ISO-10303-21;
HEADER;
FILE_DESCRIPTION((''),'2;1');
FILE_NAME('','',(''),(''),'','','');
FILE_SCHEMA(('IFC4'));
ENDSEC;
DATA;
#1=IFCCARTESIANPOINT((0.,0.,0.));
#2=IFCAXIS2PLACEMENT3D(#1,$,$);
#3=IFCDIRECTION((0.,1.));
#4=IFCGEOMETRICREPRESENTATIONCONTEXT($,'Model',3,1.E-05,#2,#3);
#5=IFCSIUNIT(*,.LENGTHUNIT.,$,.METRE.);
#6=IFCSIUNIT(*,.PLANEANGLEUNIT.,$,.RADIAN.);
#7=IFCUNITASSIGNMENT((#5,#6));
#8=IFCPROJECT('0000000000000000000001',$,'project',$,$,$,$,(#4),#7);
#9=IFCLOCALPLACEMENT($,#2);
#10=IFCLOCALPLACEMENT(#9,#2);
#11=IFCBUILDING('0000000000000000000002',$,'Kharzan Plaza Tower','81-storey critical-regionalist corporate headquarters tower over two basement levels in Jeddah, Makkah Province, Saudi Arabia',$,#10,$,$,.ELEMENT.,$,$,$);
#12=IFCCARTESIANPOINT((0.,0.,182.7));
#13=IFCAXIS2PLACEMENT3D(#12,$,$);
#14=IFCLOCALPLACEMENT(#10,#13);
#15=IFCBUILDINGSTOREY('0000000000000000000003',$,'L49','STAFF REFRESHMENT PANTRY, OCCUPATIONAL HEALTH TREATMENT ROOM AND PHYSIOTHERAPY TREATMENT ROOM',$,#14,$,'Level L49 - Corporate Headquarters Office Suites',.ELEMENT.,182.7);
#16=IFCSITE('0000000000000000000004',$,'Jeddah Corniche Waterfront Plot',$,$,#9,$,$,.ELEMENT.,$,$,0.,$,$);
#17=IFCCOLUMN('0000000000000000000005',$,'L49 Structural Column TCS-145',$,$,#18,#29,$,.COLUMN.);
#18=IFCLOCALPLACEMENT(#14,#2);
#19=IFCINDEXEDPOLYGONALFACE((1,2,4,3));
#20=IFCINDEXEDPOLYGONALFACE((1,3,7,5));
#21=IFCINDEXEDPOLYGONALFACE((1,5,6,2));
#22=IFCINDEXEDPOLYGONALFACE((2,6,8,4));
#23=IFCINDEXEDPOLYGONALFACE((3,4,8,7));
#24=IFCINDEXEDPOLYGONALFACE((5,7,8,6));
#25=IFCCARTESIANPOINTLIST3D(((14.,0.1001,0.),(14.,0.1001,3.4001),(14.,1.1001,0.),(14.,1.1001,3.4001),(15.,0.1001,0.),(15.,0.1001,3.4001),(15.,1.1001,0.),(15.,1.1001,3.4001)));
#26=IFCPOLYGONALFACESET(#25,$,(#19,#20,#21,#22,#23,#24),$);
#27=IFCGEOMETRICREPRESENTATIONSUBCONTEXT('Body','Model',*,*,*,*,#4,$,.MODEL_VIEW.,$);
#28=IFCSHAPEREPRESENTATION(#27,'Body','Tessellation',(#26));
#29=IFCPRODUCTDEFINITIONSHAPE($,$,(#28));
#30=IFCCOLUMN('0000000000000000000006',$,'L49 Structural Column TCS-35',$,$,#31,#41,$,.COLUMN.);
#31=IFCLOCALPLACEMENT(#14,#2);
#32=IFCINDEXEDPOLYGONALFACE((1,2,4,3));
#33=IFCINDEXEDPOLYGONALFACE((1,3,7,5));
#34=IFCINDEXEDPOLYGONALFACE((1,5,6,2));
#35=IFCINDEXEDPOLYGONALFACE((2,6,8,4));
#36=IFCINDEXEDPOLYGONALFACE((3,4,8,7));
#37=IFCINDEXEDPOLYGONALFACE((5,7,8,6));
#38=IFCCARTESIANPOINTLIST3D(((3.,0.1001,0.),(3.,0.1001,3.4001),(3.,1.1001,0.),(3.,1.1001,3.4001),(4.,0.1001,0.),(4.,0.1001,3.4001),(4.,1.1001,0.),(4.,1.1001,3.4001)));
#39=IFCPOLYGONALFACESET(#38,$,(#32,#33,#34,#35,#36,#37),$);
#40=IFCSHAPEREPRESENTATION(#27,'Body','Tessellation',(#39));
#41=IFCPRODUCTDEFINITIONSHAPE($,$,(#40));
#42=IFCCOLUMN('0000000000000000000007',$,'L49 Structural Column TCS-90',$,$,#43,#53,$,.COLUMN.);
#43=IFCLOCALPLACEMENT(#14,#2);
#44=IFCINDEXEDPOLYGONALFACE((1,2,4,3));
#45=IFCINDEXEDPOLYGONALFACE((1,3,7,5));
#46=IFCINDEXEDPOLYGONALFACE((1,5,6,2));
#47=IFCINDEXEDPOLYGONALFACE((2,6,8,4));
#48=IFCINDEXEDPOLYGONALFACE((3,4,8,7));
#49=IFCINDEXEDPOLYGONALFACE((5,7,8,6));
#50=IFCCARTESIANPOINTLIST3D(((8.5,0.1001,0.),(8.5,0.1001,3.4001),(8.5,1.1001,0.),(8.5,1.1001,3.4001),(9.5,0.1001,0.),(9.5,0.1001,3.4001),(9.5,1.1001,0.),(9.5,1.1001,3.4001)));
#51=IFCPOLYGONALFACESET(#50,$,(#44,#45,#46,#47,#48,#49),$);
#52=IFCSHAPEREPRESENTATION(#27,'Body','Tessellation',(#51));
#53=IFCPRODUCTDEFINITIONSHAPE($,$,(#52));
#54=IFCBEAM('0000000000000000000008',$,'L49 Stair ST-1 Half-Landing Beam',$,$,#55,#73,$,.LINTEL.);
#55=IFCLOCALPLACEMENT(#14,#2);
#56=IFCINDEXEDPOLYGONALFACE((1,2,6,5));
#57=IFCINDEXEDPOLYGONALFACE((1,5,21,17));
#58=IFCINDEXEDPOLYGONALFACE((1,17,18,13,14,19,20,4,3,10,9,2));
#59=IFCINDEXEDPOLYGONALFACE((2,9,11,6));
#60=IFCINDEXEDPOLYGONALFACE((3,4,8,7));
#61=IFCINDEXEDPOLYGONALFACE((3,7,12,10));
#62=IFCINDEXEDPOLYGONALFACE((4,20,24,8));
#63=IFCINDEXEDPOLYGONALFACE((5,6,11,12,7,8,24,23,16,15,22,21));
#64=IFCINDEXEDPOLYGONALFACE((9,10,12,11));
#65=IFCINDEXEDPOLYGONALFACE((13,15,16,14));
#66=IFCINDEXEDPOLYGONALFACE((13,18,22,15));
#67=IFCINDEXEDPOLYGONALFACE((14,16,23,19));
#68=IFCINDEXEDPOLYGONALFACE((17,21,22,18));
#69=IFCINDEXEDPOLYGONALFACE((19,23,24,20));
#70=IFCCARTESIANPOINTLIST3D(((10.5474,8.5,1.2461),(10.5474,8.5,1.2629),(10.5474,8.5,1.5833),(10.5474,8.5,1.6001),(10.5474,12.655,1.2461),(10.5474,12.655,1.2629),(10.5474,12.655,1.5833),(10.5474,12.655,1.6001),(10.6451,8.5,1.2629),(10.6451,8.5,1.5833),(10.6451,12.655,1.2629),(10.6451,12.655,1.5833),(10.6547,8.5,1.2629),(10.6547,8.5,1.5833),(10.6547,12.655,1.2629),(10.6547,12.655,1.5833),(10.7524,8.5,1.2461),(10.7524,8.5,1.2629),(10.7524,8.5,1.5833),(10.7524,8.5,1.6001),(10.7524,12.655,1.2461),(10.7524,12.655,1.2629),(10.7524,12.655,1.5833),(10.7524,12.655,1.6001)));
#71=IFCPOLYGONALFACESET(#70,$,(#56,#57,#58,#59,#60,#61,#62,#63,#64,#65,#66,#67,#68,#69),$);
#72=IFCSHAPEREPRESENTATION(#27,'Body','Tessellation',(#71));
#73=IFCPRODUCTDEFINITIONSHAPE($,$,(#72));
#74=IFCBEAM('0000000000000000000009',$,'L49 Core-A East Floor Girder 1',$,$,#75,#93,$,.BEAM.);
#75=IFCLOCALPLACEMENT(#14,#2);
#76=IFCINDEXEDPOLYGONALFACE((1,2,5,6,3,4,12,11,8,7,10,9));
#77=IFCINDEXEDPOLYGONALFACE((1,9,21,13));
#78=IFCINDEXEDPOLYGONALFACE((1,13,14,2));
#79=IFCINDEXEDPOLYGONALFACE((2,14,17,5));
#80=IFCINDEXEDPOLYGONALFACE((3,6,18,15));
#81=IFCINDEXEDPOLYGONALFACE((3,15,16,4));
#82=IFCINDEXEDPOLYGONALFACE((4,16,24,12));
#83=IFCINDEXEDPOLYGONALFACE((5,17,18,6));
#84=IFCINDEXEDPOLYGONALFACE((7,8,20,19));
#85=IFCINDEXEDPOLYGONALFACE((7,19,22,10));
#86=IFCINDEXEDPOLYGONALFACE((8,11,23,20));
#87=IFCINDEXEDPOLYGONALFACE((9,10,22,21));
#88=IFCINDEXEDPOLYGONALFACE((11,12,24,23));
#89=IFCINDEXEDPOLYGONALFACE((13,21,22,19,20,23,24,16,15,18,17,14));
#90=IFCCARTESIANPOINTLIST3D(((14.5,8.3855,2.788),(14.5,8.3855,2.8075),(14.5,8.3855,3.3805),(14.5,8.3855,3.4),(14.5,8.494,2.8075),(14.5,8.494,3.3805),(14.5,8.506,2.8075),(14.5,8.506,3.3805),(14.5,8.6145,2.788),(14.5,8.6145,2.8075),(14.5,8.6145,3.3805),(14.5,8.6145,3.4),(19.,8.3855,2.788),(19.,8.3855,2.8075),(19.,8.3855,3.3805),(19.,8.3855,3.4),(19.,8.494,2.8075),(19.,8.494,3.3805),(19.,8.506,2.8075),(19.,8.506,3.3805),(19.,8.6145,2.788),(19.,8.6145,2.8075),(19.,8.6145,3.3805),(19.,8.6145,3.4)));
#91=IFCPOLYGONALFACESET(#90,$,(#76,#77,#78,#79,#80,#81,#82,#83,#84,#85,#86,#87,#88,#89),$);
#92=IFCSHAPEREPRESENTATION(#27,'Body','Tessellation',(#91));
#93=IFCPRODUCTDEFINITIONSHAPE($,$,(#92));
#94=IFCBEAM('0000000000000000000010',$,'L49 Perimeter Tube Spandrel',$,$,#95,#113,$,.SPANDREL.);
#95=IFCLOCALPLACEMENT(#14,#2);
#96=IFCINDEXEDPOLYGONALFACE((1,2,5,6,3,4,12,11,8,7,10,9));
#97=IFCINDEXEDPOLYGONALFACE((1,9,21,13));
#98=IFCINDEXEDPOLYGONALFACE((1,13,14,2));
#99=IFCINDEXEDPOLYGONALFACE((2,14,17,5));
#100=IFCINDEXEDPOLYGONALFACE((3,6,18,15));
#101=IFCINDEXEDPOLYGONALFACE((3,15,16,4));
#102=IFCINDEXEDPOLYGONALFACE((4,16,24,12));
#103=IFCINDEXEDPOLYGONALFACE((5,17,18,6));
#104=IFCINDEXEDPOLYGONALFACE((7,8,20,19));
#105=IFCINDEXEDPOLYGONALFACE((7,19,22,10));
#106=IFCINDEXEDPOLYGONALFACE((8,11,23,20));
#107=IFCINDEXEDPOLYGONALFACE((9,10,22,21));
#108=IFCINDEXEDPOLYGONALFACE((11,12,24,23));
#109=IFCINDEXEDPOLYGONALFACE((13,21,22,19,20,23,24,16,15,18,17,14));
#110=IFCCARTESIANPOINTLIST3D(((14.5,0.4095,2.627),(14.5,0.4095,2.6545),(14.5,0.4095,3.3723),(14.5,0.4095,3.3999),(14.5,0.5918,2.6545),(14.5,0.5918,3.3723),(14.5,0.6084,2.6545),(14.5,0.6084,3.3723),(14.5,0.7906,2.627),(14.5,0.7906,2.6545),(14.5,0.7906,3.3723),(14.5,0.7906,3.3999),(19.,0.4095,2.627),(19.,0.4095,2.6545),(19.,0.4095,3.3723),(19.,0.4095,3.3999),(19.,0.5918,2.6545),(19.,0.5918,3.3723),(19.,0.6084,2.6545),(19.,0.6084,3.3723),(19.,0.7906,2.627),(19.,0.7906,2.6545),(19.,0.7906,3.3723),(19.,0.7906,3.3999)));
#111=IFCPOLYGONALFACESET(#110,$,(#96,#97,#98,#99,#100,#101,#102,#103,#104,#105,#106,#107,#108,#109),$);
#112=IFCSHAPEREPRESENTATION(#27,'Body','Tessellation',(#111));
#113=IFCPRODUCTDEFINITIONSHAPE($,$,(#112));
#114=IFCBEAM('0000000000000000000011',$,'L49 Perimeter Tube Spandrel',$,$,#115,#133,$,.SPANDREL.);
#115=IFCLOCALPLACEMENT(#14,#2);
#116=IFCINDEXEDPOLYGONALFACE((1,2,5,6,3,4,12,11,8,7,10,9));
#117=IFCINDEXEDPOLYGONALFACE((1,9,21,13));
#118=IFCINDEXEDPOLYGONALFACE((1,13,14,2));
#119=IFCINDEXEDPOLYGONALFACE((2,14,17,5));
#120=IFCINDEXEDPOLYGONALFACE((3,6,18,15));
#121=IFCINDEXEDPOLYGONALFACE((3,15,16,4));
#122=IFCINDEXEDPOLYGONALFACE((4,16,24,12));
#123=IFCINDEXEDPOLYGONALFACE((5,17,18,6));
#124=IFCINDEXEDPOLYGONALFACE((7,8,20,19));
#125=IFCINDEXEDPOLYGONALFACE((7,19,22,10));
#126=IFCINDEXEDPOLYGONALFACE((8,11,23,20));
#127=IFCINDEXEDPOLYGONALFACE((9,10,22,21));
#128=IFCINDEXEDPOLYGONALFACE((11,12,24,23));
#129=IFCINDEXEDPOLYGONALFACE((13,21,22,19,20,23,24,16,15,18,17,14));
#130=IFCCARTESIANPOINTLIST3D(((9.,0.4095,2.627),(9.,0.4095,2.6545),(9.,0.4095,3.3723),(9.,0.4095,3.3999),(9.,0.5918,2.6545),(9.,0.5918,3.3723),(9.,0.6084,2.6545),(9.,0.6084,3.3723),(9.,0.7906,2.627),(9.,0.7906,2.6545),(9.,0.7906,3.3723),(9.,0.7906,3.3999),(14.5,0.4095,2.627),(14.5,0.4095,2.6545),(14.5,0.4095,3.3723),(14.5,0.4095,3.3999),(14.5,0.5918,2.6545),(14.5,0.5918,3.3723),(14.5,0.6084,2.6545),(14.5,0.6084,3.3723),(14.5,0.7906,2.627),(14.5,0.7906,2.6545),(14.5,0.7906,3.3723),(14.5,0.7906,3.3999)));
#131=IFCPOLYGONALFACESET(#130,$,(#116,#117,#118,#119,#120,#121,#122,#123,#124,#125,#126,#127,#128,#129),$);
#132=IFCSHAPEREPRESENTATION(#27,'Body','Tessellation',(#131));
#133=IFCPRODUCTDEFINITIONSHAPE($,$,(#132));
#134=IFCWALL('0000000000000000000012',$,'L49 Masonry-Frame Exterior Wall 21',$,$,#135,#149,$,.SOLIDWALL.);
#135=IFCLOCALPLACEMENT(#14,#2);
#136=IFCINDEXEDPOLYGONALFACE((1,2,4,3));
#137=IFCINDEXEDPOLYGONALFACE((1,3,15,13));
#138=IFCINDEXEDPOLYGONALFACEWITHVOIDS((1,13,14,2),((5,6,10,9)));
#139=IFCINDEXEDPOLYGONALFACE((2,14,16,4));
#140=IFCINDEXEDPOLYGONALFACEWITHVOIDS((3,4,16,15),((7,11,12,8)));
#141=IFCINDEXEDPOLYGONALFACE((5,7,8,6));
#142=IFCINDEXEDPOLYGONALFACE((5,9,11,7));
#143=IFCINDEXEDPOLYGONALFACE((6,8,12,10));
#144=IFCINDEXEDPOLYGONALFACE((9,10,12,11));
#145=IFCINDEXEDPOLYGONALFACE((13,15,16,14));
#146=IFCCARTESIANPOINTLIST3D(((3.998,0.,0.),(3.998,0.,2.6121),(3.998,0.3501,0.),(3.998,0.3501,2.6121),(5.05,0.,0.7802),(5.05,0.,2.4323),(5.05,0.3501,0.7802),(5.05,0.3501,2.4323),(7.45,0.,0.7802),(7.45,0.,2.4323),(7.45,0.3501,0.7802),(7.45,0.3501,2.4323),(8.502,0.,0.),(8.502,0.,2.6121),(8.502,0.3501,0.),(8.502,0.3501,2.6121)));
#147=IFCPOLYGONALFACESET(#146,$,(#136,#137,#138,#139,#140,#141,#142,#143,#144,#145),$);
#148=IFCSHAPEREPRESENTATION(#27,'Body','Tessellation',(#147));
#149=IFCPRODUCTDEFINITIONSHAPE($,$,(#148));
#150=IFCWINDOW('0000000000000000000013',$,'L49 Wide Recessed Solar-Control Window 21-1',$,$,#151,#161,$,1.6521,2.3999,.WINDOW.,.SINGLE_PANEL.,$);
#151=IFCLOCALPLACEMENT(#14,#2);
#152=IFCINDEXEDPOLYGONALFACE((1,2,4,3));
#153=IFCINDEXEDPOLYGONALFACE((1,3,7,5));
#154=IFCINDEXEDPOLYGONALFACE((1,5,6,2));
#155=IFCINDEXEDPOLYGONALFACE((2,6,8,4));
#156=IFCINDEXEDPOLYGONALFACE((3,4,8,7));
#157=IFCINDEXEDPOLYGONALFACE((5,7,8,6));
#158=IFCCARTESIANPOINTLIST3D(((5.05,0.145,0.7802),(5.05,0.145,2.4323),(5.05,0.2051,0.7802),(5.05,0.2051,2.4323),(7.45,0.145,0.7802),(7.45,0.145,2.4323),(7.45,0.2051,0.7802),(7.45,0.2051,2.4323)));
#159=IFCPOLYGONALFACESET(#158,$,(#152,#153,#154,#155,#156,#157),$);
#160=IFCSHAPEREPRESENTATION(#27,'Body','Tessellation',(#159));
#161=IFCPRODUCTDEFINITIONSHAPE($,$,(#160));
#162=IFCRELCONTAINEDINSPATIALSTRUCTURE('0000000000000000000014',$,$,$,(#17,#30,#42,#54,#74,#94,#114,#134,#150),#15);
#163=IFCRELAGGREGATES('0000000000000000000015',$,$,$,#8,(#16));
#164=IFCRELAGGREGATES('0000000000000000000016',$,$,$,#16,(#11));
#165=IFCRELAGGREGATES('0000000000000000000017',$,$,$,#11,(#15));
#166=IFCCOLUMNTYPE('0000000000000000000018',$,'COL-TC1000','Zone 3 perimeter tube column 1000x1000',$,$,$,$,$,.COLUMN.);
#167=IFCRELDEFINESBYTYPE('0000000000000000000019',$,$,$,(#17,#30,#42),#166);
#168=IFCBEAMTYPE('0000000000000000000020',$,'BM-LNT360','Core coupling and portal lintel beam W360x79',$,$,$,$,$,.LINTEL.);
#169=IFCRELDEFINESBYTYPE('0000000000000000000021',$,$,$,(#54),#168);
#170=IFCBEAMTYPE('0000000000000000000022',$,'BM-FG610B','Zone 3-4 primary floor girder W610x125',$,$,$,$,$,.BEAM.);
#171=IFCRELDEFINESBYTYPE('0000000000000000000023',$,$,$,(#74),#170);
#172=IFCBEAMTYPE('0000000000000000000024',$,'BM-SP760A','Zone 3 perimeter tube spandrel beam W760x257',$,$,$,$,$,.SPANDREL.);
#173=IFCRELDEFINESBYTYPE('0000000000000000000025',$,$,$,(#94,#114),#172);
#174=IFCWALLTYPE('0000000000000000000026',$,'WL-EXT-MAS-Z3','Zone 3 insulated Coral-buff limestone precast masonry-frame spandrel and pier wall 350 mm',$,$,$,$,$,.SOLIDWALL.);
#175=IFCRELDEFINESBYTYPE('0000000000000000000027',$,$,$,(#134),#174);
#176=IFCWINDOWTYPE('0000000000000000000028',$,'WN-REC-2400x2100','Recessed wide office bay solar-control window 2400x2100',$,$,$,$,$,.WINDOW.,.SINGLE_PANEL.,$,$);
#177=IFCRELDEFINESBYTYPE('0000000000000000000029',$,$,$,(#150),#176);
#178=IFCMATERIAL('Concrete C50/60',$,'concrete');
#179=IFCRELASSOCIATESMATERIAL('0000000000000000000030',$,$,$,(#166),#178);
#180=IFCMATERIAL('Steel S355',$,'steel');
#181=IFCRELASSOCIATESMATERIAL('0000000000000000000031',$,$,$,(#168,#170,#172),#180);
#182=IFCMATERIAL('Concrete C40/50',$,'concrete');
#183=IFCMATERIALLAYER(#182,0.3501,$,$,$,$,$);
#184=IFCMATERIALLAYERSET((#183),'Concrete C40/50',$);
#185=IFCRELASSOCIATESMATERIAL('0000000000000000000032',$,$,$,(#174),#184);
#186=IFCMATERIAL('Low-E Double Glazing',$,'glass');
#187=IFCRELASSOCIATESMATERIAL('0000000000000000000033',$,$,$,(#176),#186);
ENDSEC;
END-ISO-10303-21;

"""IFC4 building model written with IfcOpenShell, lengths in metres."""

from ifc_helpers import new_model, si_unit, direction, frame, frame_2d, origin, origin_2d, place, context, subcontext, project, spatial, rectangle, i_section, extrude, source, transform, mapped, material, layer, layer_set, material_profile, profile_set, type_object, element, fill, save


model = new_model("IFC4")

# Units and contexts
model_context = context("Model", 3, precision=1e-05, world=origin(), true_north=direction((0.0, 1.0)))
body_context = subcontext(model_context, "Body", "Model", "MODEL_VIEW")
ifc_project = project(units=[si_unit("LENGTHUNIT", "METRE"), si_unit("PLANEANGLEUNIT", "RADIAN")], contexts=[model_context])

# Site, building, storey
site_placement = place(None, origin())
site = spatial("IfcSite", under=ifc_project, at=site_placement, Name="Jeddah Corniche Waterfront Plot", CompositionType="ELEMENT", RefElevation=0.0)
building_placement = place(site_placement, origin())
building = spatial("IfcBuilding", under=site, at=building_placement, Name="Kharzan Plaza Tower", Description="81-storey critical-regionalist corporate headquarters tower over two basement levels in Jeddah, Makkah Province, Saudi Arabia", CompositionType="ELEMENT")
storey_placement = place(building_placement, frame((0.0, 0.0, 182.7)))
storey = spatial("IfcBuildingStorey", under=building, at=storey_placement, Name="L49", Description="STAFF REFRESHMENT PANTRY, OCCUPATIONAL HEALTH TREATMENT ROOM AND PHYSIOTHERAPY TREATMENT ROOM", LongName="Level L49 - Corporate Headquarters Office Suites", CompositionType="ELEMENT", Elevation=182.7)

# Columns
ifc_material_1 = material(Name="Concrete C50/60", Category="concrete")
ifc_material_profile_1 = material_profile(ifc_material_1, rectangle(XDim=1.0, YDim=1.0, at=origin_2d()), Name="RC-TC1000x1000")
ifc_profile_set_1 = profile_set([ifc_material_profile_1], Name="Concrete C50/60")
column_type = type_object("IfcColumnType", Name="COL-TC1000", Description="Zone 3 perimeter tube column 1000x1000", PredefinedType="COLUMN", material=ifc_profile_set_1)
shared_shape_1 = source(origin(), body_context, "Body", "SweptSolid", [
    extrude(rectangle(XDim=1.0, YDim=1.0, at=origin_2d()), origin(), (0.0, 0.0, 1.0), 3.4001),
])
for number, where, z_axis, x_axis, name in (
    (1, (14.5, 0.6001, 0.0), (0.0, 0.0, 1.0), (1.0, 0.0, 0.0), "L49 Structural Column TCS-145"),
    (2, (3.5, 0.6001, 0.0), (0.0, 0.0, 1.0), (1.0, 0.0, 0.0), "L49 Structural Column TCS-35"),
    (3, (9.0, 0.6001, 0.0), (0.0, 0.0, 1.0), (1.0, 0.0, 0.0), "L49 Structural Column TCS-90"),
):
    element("IfcColumn", number, at=place(storey_placement, frame(where, z_axis=z_axis, x_axis=x_axis)), inside=storey, type_object=column_type, Name=name, PredefinedType="COLUMN", context=body_context, shape_type="MappedRepresentation", body=[
        mapped(shared_shape_1, transform((0.0, 0.0, 0.0), x_axis=(1.0, 0.0, 0.0), y_axis=(0.0, 1.0, 0.0), z_axis=(0.0, 0.0, 1.0))),
    ])

# Beams
ifc_material_2 = material(Name="Steel S355", Category="steel")
ifc_material_profile_2 = material_profile(ifc_material_2, i_section(OverallWidth=0.2051, OverallDepth=0.354, WebThickness=0.0095, FlangeThickness=0.0168, at=origin_2d()), Name="W360x79")
ifc_profile_set_2 = profile_set([ifc_material_profile_2], Name="Steel S355")
beam_type_1 = type_object("IfcBeamType", Name="BM-LNT360", Description="Core coupling and portal lintel beam W360x79", PredefinedType="LINTEL", material=ifc_profile_set_2)
shared_shape_2 = source(origin(), body_context, "Body", "SweptSolid", [
    extrude(i_section(OverallWidth=0.2051, OverallDepth=0.354, WebThickness=0.0095, FlangeThickness=0.0168, at=origin_2d()), origin(), (0.0, 0.0, 1.0), 4.155),
])
beam_1_placement = place(storey_placement, frame((10.6499, 8.5, 1.4231), z_axis=(0.0, 1.0, 0.0), x_axis=(-1.0, 0.0, 0.0)))
element("IfcBeam", 4, at=beam_1_placement, inside=storey, type_object=beam_type_1, Name="L49 Stair ST-1 Half-Landing Beam", PredefinedType="LINTEL", context=body_context, shape_type="MappedRepresentation", body=[
    mapped(shared_shape_2, transform((0.0, 0.0, 0.0), x_axis=(1.0, 0.0, 0.0), y_axis=(0.0, 1.0, 0.0), z_axis=(0.0, 0.0, 1.0))),
])
ifc_material_profile_3 = material_profile(ifc_material_2, i_section(OverallWidth=0.229, OverallDepth=0.6121, WebThickness=0.012, FlangeThickness=0.0195, at=origin_2d()), Name="W610x125")
ifc_profile_set_3 = profile_set([ifc_material_profile_3], Name="Steel S355")
beam_type_2 = type_object("IfcBeamType", Name="BM-FG610B", Description="Zone 3-4 primary floor girder W610x125", PredefinedType="BEAM", material=ifc_profile_set_3)
shared_shape_3 = source(origin(), body_context, "Body", "SweptSolid", [
    extrude(i_section(OverallWidth=0.229, OverallDepth=0.6121, WebThickness=0.012, FlangeThickness=0.0195, at=origin_2d()), origin(), (0.0, 0.0, 1.0), 4.5),
])
beam_2_placement = place(storey_placement, frame((14.5, 8.5, 3.094), z_axis=(1.0, 0.0, 0.0), x_axis=(0.0, 1.0, 0.0)))
element("IfcBeam", 5, at=beam_2_placement, inside=storey, type_object=beam_type_2, Name="L49 Core-A East Floor Girder 1", PredefinedType="BEAM", context=body_context, shape_type="MappedRepresentation", body=[
    mapped(shared_shape_3, transform((0.0, 0.0, 0.0), x_axis=(1.0, 0.0, 0.0), y_axis=(0.0, 1.0, 0.0), z_axis=(0.0, 0.0, 1.0))),
])
ifc_material_profile_4 = material_profile(ifc_material_2, i_section(OverallWidth=0.3811, OverallDepth=0.7729, WebThickness=0.0166, FlangeThickness=0.0276, at=origin_2d()), Name="W760x257")
ifc_profile_set_4 = profile_set([ifc_material_profile_4], Name="Steel S355")
beam_type_3 = type_object("IfcBeamType", Name="BM-SP760A", Description="Zone 3 perimeter tube spandrel beam W760x257", PredefinedType="SPANDREL", material=ifc_profile_set_4)
shared_shape_4 = source(origin(), body_context, "Body", "SweptSolid", [
    extrude(i_section(OverallWidth=0.3811, OverallDepth=0.7729, WebThickness=0.0166, FlangeThickness=0.0276, at=origin_2d()), origin(), (0.0, 0.0, 1.0), 4.5),
])
beam_3_placement = place(storey_placement, frame((14.5, 0.6001, 3.0134), z_axis=(1.0, 0.0, 0.0), x_axis=(0.0, 1.0, 0.0)))
element("IfcBeam", 6, at=beam_3_placement, inside=storey, type_object=beam_type_3, Name="L49 Perimeter Tube Spandrel", PredefinedType="SPANDREL", context=body_context, shape_type="MappedRepresentation", body=[
    mapped(shared_shape_4, transform((0.0, 0.0, 0.0), x_axis=(1.0, 0.0, 0.0), y_axis=(0.0, 1.0, 0.0), z_axis=(0.0, 0.0, 1.0))),
])
shared_shape_5 = source(origin(), body_context, "Body", "SweptSolid", [
    extrude(i_section(OverallWidth=0.3811, OverallDepth=0.7729, WebThickness=0.0166, FlangeThickness=0.0276, at=origin_2d()), origin(), (0.0, 0.0, 1.0), 5.5),
])
beam_4_placement = place(storey_placement, frame((9.0, 0.6001, 3.0134), z_axis=(1.0, 0.0, 0.0), x_axis=(0.0, 1.0, 0.0)))
element("IfcBeam", 7, at=beam_4_placement, inside=storey, type_object=beam_type_3, Name="L49 Perimeter Tube Spandrel", PredefinedType="SPANDREL", context=body_context, shape_type="MappedRepresentation", body=[
    mapped(shared_shape_5, transform((0.0, 0.0, 0.0), x_axis=(1.0, 0.0, 0.0), y_axis=(0.0, 1.0, 0.0), z_axis=(0.0, 0.0, 1.0))),
])

# Wall, opening, window
ifc_material_3 = material(Name="Concrete C40/50", Category="concrete")
ifc_layer_1 = layer(ifc_material_3, 0.3501)
ifc_layer_set_1 = layer_set([ifc_layer_1], Name="Concrete C40/50")
wall_type_1 = type_object("IfcWallType", Name="WL-EXT-MAS-Z3", Description="Zone 3 insulated Coral-buff limestone precast masonry-frame spandrel and pier wall 350 mm", PredefinedType="SOLIDWALL", material=ifc_layer_set_1)
wall_1_placement = place(storey_placement, frame((3.998, 0.175, 0.0), z_axis=(0.0, 0.0, 1.0), x_axis=(1.0, 0.0, 0.0)))
wall_1 = element("IfcWall", 8, at=wall_1_placement, inside=storey, type_object=wall_type_1, Name="L49 Masonry-Frame Exterior Wall 21", PredefinedType="SOLIDWALL", context=body_context, shape_type="SweptSolid", body=[
    extrude(rectangle(XDim=4.5039, YDim=0.3501, at=frame_2d((2.252, 0.0))), origin(), (0.0, 0.0, 1.0), 2.6121),
])
opening_1_placement = place(wall_1_placement, frame((1.052, 0.0, 0.78)))
opening_1 = element("IfcOpeningElement", 9, at=opening_1_placement, cuts=wall_1, PredefinedType="OPENING", context=body_context, shape_type="SweptSolid", body=[
    extrude(rectangle(XDim=2.3999, YDim=1.6521, at=frame_2d((1.2, 0.8262))), frame((0.0, 0.1851, 0.0), z_axis=(0.0, -1.0, 0.0), x_axis=(1.0, 0.0, 0.0)), (0.0, 0.0, 1.0), 0.3701),
])
ifc_material_4 = material(Name="Low-E Double Glazing", Category="glass")
window_type = type_object("IfcWindowType", Name="WN-REC-2400x2100", Description="Recessed wide office bay solar-control window 2400x2100", PartitioningType="SINGLE_PANEL", PredefinedType="WINDOW", material=ifc_material_4)
shared_shape_6 = source(origin(), body_context, "Body", "SweptSolid", [
    extrude(rectangle(XDim=2.3999, YDim=1.6521, at=frame_2d((1.2, 0.8262))), frame((0.0, 0.03, 0.0), z_axis=(0.0, -1.0, 0.0), x_axis=(1.0, 0.0, 0.0)), (0.0, 0.0, 1.0), 0.0601),
])
window_1_placement = place(opening_1_placement, origin())
window_1 = element("IfcWindow", 10, at=window_1_placement, inside=storey, type_object=window_type, Name="L49 Wide Recessed Solar-Control Window 21-1", OverallHeight=1.6521, OverallWidth=2.3999, PartitioningType="SINGLE_PANEL", PredefinedType="WINDOW", context=body_context, shape_type="MappedRepresentation", body=[
    mapped(shared_shape_6, transform((0.0, 0.0, 0.0), x_axis=(1.0, 0.0, 0.0), y_axis=(0.0, 1.0, 0.0), z_axis=(0.0, 0.0, 1.0))),
])
fill(opening_1, window_1)

save(model, "model.ifc")
